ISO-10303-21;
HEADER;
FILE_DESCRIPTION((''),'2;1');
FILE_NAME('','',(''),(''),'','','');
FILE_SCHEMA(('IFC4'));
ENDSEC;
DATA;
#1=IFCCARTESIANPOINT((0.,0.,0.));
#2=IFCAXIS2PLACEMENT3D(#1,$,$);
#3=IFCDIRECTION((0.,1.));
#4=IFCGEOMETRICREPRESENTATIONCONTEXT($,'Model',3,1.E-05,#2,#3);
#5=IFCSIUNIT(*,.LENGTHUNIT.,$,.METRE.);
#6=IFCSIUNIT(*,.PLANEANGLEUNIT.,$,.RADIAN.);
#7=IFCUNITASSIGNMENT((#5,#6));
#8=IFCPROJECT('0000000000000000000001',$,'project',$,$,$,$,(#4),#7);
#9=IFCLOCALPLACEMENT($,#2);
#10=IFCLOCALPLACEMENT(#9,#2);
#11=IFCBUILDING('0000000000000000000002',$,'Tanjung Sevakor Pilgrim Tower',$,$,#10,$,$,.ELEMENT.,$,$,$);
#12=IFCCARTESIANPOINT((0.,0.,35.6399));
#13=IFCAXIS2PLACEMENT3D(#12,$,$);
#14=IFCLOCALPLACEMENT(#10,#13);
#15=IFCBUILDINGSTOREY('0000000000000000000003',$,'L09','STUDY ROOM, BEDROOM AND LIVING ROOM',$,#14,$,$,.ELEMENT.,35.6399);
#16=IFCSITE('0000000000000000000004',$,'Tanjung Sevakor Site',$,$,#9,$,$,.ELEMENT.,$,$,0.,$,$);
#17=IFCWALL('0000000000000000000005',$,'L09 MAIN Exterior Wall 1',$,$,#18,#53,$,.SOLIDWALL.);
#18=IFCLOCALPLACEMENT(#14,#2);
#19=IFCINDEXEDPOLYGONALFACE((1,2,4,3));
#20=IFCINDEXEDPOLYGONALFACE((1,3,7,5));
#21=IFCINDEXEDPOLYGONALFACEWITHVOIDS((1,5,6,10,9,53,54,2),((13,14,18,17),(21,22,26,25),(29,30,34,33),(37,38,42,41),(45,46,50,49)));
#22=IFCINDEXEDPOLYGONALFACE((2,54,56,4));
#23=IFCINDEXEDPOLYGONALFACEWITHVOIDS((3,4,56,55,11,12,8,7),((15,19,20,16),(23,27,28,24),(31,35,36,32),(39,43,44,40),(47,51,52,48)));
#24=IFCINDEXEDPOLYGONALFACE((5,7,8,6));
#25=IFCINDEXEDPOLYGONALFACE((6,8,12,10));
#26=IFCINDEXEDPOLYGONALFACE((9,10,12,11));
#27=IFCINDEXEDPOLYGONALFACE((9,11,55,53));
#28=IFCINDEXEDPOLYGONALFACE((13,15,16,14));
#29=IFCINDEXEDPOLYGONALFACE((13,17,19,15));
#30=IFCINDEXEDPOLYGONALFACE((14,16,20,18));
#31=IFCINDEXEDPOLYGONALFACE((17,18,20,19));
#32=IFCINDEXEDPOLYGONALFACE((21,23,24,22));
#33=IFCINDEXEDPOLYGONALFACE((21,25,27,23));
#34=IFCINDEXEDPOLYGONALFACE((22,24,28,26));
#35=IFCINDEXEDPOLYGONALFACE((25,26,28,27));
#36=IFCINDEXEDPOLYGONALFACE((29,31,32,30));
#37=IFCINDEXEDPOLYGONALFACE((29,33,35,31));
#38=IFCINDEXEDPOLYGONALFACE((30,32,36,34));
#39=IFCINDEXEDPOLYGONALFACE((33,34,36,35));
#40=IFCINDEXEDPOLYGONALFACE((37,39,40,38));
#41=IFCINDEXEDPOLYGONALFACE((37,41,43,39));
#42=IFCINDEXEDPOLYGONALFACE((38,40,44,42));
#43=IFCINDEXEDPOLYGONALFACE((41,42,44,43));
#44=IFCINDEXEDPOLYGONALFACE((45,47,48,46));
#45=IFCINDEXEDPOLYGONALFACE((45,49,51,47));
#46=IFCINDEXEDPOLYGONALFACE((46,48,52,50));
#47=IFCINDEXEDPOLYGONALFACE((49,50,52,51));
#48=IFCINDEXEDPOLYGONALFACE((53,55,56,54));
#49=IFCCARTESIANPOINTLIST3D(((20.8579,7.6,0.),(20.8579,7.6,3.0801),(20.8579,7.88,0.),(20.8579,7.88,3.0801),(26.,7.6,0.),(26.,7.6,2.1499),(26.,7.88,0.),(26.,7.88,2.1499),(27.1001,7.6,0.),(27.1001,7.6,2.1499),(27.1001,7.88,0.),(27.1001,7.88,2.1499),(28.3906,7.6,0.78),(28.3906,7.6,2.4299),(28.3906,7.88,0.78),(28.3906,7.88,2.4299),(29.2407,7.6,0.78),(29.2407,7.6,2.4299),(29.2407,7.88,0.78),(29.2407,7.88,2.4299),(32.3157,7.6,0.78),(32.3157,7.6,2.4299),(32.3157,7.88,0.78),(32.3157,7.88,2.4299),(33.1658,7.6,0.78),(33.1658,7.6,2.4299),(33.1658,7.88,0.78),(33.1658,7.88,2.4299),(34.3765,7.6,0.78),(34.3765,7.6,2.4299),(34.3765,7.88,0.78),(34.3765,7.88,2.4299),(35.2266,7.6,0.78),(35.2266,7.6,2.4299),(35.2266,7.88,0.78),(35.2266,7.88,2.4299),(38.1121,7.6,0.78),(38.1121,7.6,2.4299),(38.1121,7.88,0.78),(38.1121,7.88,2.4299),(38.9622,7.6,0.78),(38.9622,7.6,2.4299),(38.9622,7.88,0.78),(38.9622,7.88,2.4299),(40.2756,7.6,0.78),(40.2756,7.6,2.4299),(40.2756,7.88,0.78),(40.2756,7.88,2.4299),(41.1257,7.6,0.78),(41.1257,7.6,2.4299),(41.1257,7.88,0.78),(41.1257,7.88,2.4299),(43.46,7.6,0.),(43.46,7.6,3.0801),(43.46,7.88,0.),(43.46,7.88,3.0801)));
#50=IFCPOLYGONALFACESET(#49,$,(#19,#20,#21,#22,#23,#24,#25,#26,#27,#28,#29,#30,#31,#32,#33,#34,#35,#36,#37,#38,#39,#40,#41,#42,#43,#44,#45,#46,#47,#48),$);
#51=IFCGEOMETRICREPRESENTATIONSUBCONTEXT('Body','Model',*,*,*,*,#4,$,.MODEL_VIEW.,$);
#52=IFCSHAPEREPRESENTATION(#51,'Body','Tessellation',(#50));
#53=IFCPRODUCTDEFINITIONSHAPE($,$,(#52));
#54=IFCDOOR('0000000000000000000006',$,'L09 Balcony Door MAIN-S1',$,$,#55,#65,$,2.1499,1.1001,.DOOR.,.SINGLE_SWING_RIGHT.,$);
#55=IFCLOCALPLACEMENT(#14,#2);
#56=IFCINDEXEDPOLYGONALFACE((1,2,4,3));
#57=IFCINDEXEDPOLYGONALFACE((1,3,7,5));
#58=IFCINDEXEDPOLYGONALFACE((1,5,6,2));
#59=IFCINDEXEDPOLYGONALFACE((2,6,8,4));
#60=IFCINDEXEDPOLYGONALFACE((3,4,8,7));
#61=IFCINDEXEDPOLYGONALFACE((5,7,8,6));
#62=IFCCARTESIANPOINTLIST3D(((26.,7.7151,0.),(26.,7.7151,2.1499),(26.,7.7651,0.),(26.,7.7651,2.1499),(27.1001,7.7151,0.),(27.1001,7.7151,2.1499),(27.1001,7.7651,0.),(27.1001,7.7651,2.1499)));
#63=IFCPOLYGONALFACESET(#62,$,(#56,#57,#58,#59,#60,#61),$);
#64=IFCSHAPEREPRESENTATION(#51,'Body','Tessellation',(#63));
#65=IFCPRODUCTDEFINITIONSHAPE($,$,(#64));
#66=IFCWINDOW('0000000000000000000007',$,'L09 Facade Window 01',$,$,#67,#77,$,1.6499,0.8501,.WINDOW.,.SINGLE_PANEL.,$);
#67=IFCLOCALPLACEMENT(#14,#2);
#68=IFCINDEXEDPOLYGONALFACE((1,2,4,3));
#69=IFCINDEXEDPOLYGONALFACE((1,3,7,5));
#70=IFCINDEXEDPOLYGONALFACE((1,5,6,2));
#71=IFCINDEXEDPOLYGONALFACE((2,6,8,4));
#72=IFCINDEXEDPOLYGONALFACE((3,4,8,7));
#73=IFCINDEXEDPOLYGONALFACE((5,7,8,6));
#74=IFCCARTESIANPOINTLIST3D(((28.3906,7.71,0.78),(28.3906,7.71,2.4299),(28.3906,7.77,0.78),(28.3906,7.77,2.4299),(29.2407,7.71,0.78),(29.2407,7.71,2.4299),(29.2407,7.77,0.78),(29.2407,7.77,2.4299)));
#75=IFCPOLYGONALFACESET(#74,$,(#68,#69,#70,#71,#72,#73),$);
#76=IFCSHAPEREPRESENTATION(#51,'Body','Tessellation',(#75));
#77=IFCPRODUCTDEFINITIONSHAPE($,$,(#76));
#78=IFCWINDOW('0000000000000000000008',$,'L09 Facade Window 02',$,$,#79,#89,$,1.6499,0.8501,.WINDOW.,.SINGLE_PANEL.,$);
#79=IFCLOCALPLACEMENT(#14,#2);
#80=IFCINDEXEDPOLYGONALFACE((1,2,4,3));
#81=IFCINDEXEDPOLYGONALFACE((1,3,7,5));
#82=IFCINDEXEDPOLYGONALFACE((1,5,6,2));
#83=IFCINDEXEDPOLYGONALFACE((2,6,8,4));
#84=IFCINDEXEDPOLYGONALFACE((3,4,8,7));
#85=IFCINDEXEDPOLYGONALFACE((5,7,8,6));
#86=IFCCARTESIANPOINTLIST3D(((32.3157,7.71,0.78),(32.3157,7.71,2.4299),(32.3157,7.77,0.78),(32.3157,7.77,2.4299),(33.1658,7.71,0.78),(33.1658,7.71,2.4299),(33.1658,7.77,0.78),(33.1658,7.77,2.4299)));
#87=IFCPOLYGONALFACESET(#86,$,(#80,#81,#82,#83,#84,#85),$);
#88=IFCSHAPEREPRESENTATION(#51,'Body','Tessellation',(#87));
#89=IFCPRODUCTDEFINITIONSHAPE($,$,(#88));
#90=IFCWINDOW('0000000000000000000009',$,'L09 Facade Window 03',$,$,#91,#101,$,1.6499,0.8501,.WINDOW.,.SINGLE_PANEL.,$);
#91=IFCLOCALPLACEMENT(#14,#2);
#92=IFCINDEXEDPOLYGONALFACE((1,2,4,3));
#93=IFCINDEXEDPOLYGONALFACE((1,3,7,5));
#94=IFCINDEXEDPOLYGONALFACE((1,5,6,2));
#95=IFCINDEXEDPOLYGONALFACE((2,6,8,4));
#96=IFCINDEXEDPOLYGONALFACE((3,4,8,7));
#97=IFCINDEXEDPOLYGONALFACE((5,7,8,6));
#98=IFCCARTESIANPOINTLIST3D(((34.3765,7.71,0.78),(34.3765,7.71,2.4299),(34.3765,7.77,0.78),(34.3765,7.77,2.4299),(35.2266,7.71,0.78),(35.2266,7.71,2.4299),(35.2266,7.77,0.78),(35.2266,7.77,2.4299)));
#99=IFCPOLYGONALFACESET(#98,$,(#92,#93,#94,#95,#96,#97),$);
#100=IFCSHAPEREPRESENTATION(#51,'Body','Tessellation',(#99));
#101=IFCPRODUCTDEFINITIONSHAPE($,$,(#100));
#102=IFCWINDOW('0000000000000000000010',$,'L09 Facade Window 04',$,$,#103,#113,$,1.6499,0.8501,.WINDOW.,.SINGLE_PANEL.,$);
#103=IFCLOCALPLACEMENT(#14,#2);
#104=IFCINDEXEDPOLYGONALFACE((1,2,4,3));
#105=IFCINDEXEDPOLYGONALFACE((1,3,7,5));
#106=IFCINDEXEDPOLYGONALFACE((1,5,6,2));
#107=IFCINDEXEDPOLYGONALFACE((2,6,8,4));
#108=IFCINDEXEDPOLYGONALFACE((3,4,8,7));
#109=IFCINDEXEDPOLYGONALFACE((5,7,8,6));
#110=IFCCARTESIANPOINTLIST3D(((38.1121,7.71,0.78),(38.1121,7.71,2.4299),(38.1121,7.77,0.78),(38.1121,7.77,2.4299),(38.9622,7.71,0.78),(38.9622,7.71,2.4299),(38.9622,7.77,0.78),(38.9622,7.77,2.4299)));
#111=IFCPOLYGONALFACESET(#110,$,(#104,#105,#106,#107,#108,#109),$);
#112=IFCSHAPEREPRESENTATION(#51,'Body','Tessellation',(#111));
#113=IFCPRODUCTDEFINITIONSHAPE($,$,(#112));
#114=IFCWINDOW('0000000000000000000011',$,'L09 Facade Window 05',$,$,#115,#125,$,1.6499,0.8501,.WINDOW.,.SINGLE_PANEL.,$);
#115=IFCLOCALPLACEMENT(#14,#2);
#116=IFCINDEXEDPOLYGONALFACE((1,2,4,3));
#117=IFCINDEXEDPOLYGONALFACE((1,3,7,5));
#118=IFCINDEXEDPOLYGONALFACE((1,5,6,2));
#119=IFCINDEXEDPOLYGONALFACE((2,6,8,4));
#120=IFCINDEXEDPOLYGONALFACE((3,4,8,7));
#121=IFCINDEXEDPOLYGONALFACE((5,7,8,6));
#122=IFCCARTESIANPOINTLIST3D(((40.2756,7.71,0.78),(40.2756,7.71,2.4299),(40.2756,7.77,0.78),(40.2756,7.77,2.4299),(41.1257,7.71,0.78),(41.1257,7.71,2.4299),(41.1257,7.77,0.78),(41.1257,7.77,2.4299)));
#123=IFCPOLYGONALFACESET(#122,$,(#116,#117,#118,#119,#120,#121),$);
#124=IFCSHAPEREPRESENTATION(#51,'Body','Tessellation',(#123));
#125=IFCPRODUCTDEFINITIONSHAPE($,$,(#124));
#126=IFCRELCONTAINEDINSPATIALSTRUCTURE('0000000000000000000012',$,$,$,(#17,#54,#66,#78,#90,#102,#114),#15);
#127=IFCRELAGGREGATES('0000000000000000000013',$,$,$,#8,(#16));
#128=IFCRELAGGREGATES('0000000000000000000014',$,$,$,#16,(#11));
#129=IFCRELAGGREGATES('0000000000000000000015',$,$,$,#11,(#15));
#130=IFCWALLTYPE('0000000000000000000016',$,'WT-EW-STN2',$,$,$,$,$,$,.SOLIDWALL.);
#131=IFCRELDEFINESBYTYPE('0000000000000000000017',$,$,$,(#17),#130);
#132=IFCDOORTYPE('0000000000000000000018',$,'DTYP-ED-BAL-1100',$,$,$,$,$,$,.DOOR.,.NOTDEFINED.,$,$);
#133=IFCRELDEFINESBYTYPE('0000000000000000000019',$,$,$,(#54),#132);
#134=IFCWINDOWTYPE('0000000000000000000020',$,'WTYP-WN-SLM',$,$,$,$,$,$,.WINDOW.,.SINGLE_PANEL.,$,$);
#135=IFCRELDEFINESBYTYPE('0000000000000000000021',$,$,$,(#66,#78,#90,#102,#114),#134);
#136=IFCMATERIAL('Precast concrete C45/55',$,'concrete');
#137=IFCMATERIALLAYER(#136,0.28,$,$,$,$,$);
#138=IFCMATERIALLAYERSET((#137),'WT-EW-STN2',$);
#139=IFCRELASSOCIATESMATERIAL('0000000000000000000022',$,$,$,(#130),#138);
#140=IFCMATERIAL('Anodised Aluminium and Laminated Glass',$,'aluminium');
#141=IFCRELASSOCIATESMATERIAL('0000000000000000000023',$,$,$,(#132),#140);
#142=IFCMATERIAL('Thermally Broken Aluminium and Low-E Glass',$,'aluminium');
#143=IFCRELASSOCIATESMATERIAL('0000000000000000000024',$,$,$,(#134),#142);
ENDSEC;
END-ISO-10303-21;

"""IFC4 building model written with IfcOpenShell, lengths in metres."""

from ifc_helpers import new_model, si_unit, direction, frame, frame_2d, origin, place, context, subcontext, project, spatial, rectangle, extrude, material, layer, layer_set, type_object, element, fill, save


model = new_model("IFC4")

# Units and contexts
model_context = context("Model", 3, precision=1e-05, world=origin(), true_north=direction((0.0, 1.0)))
body_context = subcontext(model_context, "Body", "Model", "MODEL_VIEW")
ifc_project = project(units=[si_unit("LENGTHUNIT", "METRE"), si_unit("PLANEANGLEUNIT", "RADIAN")], contexts=[model_context])

# Site, building, storey
site_placement = place(None, origin())
site = spatial("IfcSite", under=ifc_project, at=site_placement, Name="Tanjung Sevakor Site", CompositionType="ELEMENT", RefElevation=0.0)
building_placement = place(site_placement, origin())
building = spatial("IfcBuilding", under=site, at=building_placement, Name="Tanjung Sevakor Pilgrim Tower", CompositionType="ELEMENT")
storey_placement = place(building_placement, frame((0.0, 0.0, 35.6399)))
storey = spatial("IfcBuildingStorey", under=building, at=storey_placement, Name="L09", Description="STUDY ROOM, BEDROOM AND LIVING ROOM", CompositionType="ELEMENT", Elevation=35.6399)

# Wall, openings, door, windows
ifc_material_1 = material(Name="Precast concrete C45/55", Category="concrete")
ifc_layer_1 = layer(ifc_material_1, 0.28)
ifc_layer_set_1 = layer_set([ifc_layer_1], Name="WT-EW-STN2")
wall_type_1 = type_object("IfcWallType", Name="WT-EW-STN2", PredefinedType="SOLIDWALL", material=ifc_layer_set_1)
wall_1_placement = place(storey_placement, frame((20.8579, 7.74, 0.0), z_axis=(0.0, 0.0, 1.0), x_axis=(1.0, 0.0, 0.0)))
wall_1 = element("IfcWall", 1, at=wall_1_placement, inside=storey, type_object=wall_type_1, Name="L09 MAIN Exterior Wall 1", PredefinedType="SOLIDWALL", context=body_context, shape_type="SweptSolid", body=[
    extrude(rectangle(XDim=22.6021, YDim=0.28, at=frame_2d((11.301, 0.0))), origin(), (0.0, 0.0, 1.0), 3.0801),
])
opening_1_placement = place(wall_1_placement, frame((5.1421, 0.0, 0.0)))
opening_1 = element("IfcOpeningElement", 2, at=opening_1_placement, cuts=wall_1, PredefinedType="OPENING", context=body_context, shape_type="SweptSolid", body=[
    extrude(rectangle(XDim=1.1001, YDim=2.1499, at=frame_2d((0.55, 1.075))), frame((0.0, 0.1499, 0.0), z_axis=(0.0, -1.0, 0.0), x_axis=(1.0, 0.0, 0.0)), (0.0, 0.0, 1.0), 0.3),
])
opening_2_placement = place(wall_1_placement, frame((7.5327, 0.0, 0.78)))
opening_2 = element("IfcOpeningElement", 3, at=opening_2_placement, cuts=wall_1, PredefinedType="OPENING", context=body_context, shape_type="SweptSolid", body=[
    extrude(rectangle(XDim=0.8501, YDim=1.6499, at=frame_2d((0.425, 0.825))), frame((0.0, 0.1499, 0.0), z_axis=(0.0, -1.0, 0.0), x_axis=(1.0, 0.0, 0.0)), (0.0, 0.0, 1.0), 0.3),
])
opening_3_placement = place(wall_1_placement, frame((11.4578, 0.0, 0.78)))
opening_3 = element("IfcOpeningElement", 4, at=opening_3_placement, cuts=wall_1, PredefinedType="OPENING", context=body_context, shape_type="SweptSolid", body=[
    extrude(rectangle(XDim=0.8501, YDim=1.6499, at=frame_2d((0.425, 0.825))), frame((0.0, 0.1499, 0.0), z_axis=(0.0, -1.0, 0.0), x_axis=(1.0, 0.0, 0.0)), (0.0, 0.0, 1.0), 0.3),
])
opening_4_placement = place(wall_1_placement, frame((13.5186, 0.0, 0.78)))
opening_4 = element("IfcOpeningElement", 5, at=opening_4_placement, cuts=wall_1, PredefinedType="OPENING", context=body_context, shape_type="SweptSolid", body=[
    extrude(rectangle(XDim=0.8501, YDim=1.6499, at=frame_2d((0.425, 0.825))), frame((0.0, 0.1499, 0.0), z_axis=(0.0, -1.0, 0.0), x_axis=(1.0, 0.0, 0.0)), (0.0, 0.0, 1.0), 0.3),
])
opening_5_placement = place(wall_1_placement, frame((17.2542, 0.0, 0.78)))
opening_5 = element("IfcOpeningElement", 6, at=opening_5_placement, cuts=wall_1, PredefinedType="OPENING", context=body_context, shape_type="SweptSolid", body=[
    extrude(rectangle(XDim=0.8501, YDim=1.6499, at=frame_2d((0.425, 0.825))), frame((0.0, 0.1499, 0.0), z_axis=(0.0, -1.0, 0.0), x_axis=(1.0, 0.0, 0.0)), (0.0, 0.0, 1.0), 0.3),
])
opening_6_placement = place(wall_1_placement, frame((19.4177, 0.0, 0.78)))
opening_6 = element("IfcOpeningElement", 7, at=opening_6_placement, cuts=wall_1, PredefinedType="OPENING", context=body_context, shape_type="SweptSolid", body=[
    extrude(rectangle(XDim=0.8501, YDim=1.6499, at=frame_2d((0.425, 0.825))), frame((0.0, 0.1499, 0.0), z_axis=(0.0, -1.0, 0.0), x_axis=(1.0, 0.0, 0.0)), (0.0, 0.0, 1.0), 0.3),
])
ifc_material_2 = material(Name="Anodised Aluminium and Laminated Glass", Category="aluminium")
door_type_1 = type_object("IfcDoorType", Name="DTYP-ED-BAL-1100", OperationType="NOTDEFINED", PredefinedType="DOOR", material=ifc_material_2)
door_1_placement = place(opening_1_placement, frame((1.1001, 0.0, 0.0), z_axis=(0.0, 0.0, 1.0), x_axis=(-1.0, 0.0, 0.0)))
door_1 = element("IfcDoor", 8, at=door_1_placement, inside=storey, type_object=door_type_1, Name="L09 Balcony Door MAIN-S1", OperationType="SINGLE_SWING_RIGHT", OverallHeight=2.1499, OverallWidth=1.1001, PredefinedType="DOOR", context=body_context, shape_type="SweptSolid", body=[
    extrude(rectangle(XDim=1.1001, YDim=2.1499, at=frame_2d((0.55, 1.075))), frame((0.0, 0.0249, 0.0), z_axis=(0.0, -1.0, 0.0), x_axis=(1.0, 0.0, 0.0)), (0.0, 0.0, 1.0), 0.05),
])
fill(opening_1, door_1)
ifc_material_3 = material(Name="Thermally Broken Aluminium and Low-E Glass", Category="aluminium")
window_type = type_object("IfcWindowType", Name="WTYP-WN-SLM", PartitioningType="SINGLE_PANEL", PredefinedType="WINDOW", material=ifc_material_3)
window_1_placement = place(opening_2_placement, origin())
window_1 = element("IfcWindow", 9, at=window_1_placement, inside=storey, type_object=window_type, Name="L09 Facade Window 01", OverallHeight=1.6499, OverallWidth=0.8501, PartitioningType="SINGLE_PANEL", PredefinedType="WINDOW", context=body_context, shape_type="SweptSolid", body=[
    extrude(rectangle(XDim=0.8501, YDim=1.6499, at=frame_2d((0.425, 0.825))), frame((0.0, 0.03, 0.0), z_axis=(0.0, -1.0, 0.0), x_axis=(1.0, 0.0, 0.0)), (0.0, 0.0, 1.0), 0.0601),
])
fill(opening_2, window_1)
window_2_placement = place(opening_3_placement, origin())
window_2 = element("IfcWindow", 10, at=window_2_placement, inside=storey, type_object=window_type, Name="L09 Facade Window 02", OverallHeight=1.6499, OverallWidth=0.8501, PartitioningType="SINGLE_PANEL", PredefinedType="WINDOW", context=body_context, shape_type="SweptSolid", body=[
    extrude(rectangle(XDim=0.8501, YDim=1.6499, at=frame_2d((0.425, 0.825))), frame((0.0, 0.03, 0.0), z_axis=(0.0, -1.0, 0.0), x_axis=(1.0, 0.0, 0.0)), (0.0, 0.0, 1.0), 0.0601),
])
fill(opening_3, window_2)
window_3_placement = place(opening_4_placement, origin())
window_3 = element("IfcWindow", 11, at=window_3_placement, inside=storey, type_object=window_type, Name="L09 Facade Window 03", OverallHeight=1.6499, OverallWidth=0.8501, PartitioningType="SINGLE_PANEL", PredefinedType="WINDOW", context=body_context, shape_type="SweptSolid", body=[
    extrude(rectangle(XDim=0.8501, YDim=1.6499, at=frame_2d((0.425, 0.825))), frame((0.0, 0.03, 0.0), z_axis=(0.0, -1.0, 0.0), x_axis=(1.0, 0.0, 0.0)), (0.0, 0.0, 1.0), 0.0601),
])
fill(opening_4, window_3)
window_4_placement = place(opening_5_placement, origin())
window_4 = element("IfcWindow", 12, at=window_4_placement, inside=storey, type_object=window_type, Name="L09 Facade Window 04", OverallHeight=1.6499, OverallWidth=0.8501, PartitioningType="SINGLE_PANEL", PredefinedType="WINDOW", context=body_context, shape_type="SweptSolid", body=[
    extrude(rectangle(XDim=0.8501, YDim=1.6499, at=frame_2d((0.425, 0.825))), frame((0.0, 0.03, 0.0), z_axis=(0.0, -1.0, 0.0), x_axis=(1.0, 0.0, 0.0)), (0.0, 0.0, 1.0), 0.0601),
])
fill(opening_5, window_4)
window_5_placement = place(opening_6_placement, origin())
window_5 = element("IfcWindow", 13, at=window_5_placement, inside=storey, type_object=window_type, Name="L09 Facade Window 05", OverallHeight=1.6499, OverallWidth=0.8501, PartitioningType="SINGLE_PANEL", PredefinedType="WINDOW", context=body_context, shape_type="SweptSolid", body=[
    extrude(rectangle(XDim=0.8501, YDim=1.6499, at=frame_2d((0.425, 0.825))), frame((0.0, 0.03, 0.0), z_axis=(0.0, -1.0, 0.0), x_axis=(1.0, 0.0, 0.0)), (0.0, 0.0, 1.0), 0.0601),
])
fill(opening_6, window_5)

save(model, "model.ifc")
